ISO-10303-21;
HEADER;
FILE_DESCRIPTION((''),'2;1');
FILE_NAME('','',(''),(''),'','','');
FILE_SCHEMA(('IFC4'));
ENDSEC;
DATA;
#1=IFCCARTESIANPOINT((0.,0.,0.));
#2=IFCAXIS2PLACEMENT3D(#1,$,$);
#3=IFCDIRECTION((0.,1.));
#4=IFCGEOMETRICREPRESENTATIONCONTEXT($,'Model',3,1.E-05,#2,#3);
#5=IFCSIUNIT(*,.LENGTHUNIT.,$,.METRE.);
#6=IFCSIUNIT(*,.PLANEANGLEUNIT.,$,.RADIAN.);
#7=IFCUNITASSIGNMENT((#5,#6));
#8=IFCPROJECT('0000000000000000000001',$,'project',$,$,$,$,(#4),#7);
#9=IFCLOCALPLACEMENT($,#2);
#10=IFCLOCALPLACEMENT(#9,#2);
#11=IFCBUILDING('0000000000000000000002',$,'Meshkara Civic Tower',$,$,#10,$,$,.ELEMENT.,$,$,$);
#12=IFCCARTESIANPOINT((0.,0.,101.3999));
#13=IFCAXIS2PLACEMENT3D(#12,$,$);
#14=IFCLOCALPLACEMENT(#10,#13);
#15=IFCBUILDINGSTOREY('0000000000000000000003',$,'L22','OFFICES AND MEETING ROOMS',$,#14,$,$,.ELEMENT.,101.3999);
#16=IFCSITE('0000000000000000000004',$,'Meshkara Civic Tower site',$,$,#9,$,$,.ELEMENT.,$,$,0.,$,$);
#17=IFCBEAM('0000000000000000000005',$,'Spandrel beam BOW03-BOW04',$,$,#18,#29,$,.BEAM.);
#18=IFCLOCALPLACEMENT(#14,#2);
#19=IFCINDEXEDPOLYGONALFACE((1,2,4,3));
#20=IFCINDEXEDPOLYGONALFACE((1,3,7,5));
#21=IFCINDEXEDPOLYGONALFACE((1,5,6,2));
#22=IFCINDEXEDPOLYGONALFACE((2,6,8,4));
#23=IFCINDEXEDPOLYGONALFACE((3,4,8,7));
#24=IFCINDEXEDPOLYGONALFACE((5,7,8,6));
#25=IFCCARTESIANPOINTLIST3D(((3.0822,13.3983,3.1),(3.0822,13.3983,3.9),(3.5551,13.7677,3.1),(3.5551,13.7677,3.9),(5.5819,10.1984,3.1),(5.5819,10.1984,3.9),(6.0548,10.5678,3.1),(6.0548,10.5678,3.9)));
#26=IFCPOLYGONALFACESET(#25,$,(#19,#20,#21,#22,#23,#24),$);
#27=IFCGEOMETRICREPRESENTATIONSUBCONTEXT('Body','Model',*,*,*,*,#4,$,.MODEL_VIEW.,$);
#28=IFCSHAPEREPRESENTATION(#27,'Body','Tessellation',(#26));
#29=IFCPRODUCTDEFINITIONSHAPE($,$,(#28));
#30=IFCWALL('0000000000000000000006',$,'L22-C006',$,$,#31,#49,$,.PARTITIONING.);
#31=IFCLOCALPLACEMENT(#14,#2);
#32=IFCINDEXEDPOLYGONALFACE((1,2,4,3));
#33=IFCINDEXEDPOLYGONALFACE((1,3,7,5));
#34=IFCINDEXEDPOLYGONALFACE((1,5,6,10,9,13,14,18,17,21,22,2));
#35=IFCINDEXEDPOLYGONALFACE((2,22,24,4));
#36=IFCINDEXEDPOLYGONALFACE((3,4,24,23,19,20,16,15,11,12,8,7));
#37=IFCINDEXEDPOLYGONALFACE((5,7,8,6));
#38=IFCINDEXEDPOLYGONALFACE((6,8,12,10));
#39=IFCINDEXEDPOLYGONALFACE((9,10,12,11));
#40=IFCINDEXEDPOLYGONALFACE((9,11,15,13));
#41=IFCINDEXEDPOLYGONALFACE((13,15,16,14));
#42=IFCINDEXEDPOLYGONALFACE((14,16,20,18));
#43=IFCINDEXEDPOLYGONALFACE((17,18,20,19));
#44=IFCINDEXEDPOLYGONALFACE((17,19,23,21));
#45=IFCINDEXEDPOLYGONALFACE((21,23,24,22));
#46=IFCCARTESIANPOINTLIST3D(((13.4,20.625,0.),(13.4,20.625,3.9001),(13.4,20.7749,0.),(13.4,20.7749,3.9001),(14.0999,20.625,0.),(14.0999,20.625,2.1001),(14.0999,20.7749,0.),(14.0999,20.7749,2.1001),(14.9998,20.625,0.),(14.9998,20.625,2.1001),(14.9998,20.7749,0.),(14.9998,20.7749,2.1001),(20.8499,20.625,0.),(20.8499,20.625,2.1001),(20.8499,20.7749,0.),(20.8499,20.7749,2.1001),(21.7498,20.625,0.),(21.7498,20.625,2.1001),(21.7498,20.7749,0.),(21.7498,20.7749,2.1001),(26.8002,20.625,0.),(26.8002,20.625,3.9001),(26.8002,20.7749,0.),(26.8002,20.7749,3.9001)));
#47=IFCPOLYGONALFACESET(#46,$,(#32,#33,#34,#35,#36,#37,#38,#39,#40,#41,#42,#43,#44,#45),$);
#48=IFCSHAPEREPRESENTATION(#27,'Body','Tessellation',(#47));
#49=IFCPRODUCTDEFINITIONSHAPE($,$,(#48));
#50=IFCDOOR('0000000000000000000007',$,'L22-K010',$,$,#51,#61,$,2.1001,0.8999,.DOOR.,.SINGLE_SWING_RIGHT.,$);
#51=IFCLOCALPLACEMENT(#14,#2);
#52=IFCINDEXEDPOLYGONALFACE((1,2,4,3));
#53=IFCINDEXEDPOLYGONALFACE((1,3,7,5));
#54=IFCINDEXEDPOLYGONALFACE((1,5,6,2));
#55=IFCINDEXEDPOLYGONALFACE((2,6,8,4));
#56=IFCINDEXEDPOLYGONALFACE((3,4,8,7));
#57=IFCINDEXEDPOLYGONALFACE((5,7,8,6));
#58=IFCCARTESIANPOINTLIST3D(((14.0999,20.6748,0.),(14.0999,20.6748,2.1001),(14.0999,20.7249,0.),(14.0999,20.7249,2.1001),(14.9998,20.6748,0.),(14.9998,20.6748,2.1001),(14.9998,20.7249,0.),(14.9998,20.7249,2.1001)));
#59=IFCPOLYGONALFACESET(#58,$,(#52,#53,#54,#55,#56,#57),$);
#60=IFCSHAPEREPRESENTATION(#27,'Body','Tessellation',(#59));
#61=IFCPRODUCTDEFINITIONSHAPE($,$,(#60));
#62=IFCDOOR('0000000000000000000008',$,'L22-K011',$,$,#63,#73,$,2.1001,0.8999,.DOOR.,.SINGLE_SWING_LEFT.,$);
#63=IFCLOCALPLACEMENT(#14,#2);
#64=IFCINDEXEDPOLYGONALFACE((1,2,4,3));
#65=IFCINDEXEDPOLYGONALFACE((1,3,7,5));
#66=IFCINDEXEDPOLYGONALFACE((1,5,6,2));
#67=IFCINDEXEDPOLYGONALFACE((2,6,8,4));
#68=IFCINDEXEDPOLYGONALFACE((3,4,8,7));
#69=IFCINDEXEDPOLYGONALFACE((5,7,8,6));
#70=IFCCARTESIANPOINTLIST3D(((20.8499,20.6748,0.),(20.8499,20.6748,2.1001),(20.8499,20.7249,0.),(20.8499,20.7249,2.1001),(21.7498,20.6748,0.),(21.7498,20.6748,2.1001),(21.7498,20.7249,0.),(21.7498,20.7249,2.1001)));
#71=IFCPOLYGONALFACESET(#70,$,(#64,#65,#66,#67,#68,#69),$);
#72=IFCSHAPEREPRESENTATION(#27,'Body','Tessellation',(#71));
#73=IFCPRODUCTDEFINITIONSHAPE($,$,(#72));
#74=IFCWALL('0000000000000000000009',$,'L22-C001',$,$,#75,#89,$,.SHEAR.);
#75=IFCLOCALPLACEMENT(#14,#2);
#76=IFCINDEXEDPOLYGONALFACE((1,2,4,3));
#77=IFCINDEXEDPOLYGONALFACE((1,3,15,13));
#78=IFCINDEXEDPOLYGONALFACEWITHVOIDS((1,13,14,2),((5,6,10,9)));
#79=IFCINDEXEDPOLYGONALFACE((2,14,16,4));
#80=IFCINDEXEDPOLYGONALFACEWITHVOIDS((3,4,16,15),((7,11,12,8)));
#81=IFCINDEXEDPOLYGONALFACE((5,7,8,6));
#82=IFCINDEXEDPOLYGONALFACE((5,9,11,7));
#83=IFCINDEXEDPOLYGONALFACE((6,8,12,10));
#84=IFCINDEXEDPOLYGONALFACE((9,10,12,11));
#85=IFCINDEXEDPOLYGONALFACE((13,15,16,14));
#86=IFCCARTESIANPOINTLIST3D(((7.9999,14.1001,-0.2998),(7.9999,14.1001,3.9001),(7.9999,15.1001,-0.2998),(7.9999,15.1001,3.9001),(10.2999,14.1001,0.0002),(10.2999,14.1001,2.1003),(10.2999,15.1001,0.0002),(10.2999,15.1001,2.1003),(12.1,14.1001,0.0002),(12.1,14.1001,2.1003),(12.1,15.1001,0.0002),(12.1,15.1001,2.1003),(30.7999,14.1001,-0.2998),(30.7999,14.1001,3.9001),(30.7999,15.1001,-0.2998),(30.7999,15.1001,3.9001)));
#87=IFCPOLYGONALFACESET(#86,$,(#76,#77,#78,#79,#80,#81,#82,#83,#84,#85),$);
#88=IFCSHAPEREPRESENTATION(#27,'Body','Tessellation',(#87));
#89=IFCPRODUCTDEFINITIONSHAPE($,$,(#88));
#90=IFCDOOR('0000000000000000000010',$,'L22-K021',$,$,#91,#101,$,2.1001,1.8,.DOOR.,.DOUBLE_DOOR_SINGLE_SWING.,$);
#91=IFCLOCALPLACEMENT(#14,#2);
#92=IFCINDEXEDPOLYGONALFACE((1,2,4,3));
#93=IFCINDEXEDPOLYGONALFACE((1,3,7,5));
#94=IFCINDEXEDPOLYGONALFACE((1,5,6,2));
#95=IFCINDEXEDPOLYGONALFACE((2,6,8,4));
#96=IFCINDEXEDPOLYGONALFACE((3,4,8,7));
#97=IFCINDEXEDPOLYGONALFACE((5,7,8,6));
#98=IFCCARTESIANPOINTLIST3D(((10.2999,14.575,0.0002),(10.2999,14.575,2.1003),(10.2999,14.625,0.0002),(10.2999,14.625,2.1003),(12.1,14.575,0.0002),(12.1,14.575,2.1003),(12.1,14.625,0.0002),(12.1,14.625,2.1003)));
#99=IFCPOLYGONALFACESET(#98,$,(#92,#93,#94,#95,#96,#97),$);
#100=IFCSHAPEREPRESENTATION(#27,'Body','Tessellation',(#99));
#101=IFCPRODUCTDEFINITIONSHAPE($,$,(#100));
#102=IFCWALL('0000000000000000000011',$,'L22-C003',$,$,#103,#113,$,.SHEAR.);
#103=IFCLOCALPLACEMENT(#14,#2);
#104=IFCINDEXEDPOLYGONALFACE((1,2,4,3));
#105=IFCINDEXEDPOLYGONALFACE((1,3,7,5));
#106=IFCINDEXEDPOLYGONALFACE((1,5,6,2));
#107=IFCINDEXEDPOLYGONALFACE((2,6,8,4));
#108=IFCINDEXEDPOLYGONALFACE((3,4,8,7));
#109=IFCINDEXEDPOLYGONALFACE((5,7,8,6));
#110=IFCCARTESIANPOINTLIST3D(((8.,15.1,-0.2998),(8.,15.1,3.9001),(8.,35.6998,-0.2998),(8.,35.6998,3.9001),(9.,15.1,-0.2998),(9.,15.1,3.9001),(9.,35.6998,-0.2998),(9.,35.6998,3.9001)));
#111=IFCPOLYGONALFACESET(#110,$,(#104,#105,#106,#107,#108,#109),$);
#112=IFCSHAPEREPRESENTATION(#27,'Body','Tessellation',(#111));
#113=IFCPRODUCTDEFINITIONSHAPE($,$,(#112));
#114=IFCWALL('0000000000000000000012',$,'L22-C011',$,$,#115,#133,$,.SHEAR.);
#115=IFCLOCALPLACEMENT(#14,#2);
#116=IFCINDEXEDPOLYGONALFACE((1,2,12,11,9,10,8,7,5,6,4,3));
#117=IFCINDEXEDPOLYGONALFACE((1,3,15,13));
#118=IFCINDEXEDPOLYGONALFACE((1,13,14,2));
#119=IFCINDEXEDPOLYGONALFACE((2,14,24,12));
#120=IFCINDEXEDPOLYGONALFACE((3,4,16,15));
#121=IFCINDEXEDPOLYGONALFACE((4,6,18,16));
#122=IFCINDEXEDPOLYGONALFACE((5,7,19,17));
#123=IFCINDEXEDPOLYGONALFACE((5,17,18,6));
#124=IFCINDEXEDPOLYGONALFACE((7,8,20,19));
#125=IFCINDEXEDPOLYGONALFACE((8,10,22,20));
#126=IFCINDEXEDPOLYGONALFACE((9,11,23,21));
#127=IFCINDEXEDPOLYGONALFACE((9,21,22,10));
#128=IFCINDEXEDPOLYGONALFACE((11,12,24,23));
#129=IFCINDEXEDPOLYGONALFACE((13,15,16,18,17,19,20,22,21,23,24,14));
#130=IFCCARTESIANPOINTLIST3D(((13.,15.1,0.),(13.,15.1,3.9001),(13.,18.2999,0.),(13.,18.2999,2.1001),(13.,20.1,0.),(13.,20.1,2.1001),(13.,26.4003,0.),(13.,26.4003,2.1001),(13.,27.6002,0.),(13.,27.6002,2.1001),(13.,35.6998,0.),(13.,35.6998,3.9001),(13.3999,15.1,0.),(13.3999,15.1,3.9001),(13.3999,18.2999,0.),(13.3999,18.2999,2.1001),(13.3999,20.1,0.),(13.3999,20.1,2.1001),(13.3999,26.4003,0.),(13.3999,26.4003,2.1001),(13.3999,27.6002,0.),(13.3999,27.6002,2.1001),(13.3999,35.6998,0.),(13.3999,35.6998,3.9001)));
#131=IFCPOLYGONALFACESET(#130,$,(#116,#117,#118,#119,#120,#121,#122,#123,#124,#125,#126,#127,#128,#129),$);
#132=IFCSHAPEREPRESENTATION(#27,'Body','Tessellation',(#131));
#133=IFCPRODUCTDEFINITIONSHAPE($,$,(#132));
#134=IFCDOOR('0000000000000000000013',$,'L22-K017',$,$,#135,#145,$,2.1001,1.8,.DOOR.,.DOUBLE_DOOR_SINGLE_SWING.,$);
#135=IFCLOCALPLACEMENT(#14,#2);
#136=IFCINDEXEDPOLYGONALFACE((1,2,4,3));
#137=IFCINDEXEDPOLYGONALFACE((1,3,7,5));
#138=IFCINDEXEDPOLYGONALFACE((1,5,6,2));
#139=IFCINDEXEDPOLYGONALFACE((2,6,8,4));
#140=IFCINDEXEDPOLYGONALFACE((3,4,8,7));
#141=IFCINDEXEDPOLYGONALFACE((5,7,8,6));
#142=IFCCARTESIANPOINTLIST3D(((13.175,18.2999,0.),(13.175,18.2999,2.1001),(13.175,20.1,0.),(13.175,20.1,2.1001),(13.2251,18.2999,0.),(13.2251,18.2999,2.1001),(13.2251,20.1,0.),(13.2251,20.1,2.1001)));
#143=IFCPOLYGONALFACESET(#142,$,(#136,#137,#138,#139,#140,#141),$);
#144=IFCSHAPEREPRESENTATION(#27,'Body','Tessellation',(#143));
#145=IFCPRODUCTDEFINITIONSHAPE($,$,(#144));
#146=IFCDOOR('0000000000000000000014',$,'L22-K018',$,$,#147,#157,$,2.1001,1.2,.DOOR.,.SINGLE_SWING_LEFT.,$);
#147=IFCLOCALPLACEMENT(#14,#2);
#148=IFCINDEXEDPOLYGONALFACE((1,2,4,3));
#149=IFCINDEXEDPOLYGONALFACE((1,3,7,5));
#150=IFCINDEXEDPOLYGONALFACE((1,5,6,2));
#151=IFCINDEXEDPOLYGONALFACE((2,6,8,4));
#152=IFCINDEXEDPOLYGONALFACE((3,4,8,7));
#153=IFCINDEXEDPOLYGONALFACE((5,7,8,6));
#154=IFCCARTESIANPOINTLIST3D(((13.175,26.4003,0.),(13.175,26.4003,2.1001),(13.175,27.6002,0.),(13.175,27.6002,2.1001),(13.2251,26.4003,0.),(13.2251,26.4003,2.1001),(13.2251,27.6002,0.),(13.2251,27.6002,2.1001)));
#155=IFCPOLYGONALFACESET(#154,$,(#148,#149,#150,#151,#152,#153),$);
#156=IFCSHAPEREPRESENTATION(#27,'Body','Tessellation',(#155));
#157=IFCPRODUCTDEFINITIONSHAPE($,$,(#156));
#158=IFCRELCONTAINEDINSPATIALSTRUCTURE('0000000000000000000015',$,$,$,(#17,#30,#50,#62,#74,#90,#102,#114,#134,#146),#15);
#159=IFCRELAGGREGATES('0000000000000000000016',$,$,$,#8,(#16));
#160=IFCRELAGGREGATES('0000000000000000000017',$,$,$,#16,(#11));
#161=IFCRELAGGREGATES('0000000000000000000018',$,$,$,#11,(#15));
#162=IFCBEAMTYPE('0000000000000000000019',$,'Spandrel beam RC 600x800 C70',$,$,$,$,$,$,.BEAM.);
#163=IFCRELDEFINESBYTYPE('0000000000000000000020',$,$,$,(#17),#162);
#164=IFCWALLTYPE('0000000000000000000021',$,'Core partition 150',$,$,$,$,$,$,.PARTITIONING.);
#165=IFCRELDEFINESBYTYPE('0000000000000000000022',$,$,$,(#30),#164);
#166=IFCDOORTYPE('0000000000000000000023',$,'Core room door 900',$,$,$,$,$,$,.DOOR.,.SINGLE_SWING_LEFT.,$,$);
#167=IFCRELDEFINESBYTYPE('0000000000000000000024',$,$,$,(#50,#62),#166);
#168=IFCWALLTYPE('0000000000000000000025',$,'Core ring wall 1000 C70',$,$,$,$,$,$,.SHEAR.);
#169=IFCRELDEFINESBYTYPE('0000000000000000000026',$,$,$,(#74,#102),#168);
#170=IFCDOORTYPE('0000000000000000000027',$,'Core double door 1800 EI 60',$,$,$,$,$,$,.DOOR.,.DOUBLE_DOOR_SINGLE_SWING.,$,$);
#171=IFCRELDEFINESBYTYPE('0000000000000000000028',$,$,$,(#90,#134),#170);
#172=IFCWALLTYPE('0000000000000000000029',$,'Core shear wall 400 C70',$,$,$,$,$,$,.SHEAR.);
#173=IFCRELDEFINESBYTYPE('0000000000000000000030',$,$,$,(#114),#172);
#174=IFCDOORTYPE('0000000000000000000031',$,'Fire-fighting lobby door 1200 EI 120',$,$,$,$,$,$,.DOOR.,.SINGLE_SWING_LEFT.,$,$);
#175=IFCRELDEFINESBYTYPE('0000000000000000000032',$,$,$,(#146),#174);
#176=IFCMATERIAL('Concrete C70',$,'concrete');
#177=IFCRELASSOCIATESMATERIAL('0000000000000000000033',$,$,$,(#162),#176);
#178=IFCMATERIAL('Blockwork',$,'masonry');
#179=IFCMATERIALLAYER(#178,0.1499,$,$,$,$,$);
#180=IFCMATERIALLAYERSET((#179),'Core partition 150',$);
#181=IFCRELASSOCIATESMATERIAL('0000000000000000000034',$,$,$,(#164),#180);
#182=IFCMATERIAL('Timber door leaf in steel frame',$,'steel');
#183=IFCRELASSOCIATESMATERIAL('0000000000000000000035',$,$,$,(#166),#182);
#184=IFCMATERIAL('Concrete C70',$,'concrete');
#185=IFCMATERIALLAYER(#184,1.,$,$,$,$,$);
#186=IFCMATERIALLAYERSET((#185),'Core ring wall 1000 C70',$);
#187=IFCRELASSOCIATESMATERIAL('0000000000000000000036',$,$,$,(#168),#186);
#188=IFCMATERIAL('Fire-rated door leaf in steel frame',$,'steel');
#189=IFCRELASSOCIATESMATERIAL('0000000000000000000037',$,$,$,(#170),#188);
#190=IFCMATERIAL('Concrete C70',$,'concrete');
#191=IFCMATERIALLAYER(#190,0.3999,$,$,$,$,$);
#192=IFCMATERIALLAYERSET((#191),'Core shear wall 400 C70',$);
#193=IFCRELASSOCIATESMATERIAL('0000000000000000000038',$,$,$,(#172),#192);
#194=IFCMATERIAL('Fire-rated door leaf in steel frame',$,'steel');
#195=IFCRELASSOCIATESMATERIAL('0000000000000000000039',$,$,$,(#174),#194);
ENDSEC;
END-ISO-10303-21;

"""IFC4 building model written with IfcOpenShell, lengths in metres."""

from ifc_helpers import new_model, si_unit, direction, frame, frame_2d, origin, origin_2d, place, context, subcontext, project, spatial, rectangle, extrude, material, layer, layer_set, material_profile, profile_set, type_object, element, fill, save


model = new_model("IFC4")

# Units and contexts
model_context = context("Model", 3, precision=1e-05, world=origin(), true_north=direction((0.0, 1.0)))
body_context = subcontext(model_context, "Body", "Model", "MODEL_VIEW")
ifc_project = project(units=[si_unit("LENGTHUNIT", "METRE"), si_unit("PLANEANGLEUNIT", "RADIAN")], contexts=[model_context])

# Site, building, storey
site_placement = place(None, origin())
site = spatial("IfcSite", under=ifc_project, at=site_placement, Name="Meshkara Civic Tower site", CompositionType="ELEMENT", RefElevation=0.0)
building_placement = place(site_placement, origin())
building = spatial("IfcBuilding", under=site, at=building_placement, Name="Meshkara Civic Tower", CompositionType="ELEMENT")
storey_placement = place(building_placement, frame((0.0, 0.0, 101.3999)))
storey = spatial("IfcBuildingStorey", under=building, at=storey_placement, Name="L22", Description="OFFICES AND MEETING ROOMS", CompositionType="ELEMENT", Elevation=101.3999)

# Beam
ifc_material_1 = material(Name="Concrete C70", Category="concrete")
ifc_material_profile = material_profile(ifc_material_1, rectangle(XDim=0.6001, YDim=0.8, at=origin_2d()))
ifc_profile_set = profile_set([ifc_material_profile], Name="Concrete C70")
beam_type = type_object("IfcBeamType", Name="Spandrel beam RC 600x800 C70", PredefinedType="BEAM", material=ifc_profile_set)
beam_placement = place(storey_placement, frame((3.3186, 13.583, 3.5), z_axis=(0.615613, -0.788049, 0.0), x_axis=(0.788049, 0.615613, 0.0)))
element("IfcBeam", 1, at=beam_placement, inside=storey, type_object=beam_type, Name="Spandrel beam BOW03-BOW04", PredefinedType="BEAM", context=body_context, shape_type="SweptSolid", body=[
    extrude(rectangle(XDim=0.6001, YDim=0.8, at=origin_2d()), origin(), (0.0, 0.0, 1.0), 4.0605),
])

# Wall, openings, doors
ifc_material_2 = material(Name="Blockwork", Category="masonry")
ifc_layer_1 = layer(ifc_material_2, 0.1499)
ifc_layer_set_1 = layer_set([ifc_layer_1], Name="Core partition 150")
wall_type_1 = type_object("IfcWallType", Name="Core partition 150", PredefinedType="PARTITIONING", material=ifc_layer_set_1)
wall_1_placement = place(storey_placement, frame((13.3999, 20.7, 0.0), z_axis=(0.0, 0.0, 1.0), x_axis=(1.0, 0.0, 0.0)))
wall_1 = element("IfcWall", 2, at=wall_1_placement, inside=storey, type_object=wall_type_1, Name="L22-C006", PredefinedType="PARTITIONING", context=body_context, shape_type="SweptSolid", body=[
    extrude(rectangle(XDim=13.4001, YDim=0.1499, at=frame_2d((6.7002, 0.0))), origin(), (0.0, 0.0, 1.0), 3.9001),
])
opening_1_placement = place(wall_1_placement, frame((0.7, 0.0, 0.0)))
opening_1 = element("IfcOpeningElement", 3, at=opening_1_placement, cuts=wall_1, PredefinedType="OPENING", context=body_context, shape_type="SweptSolid", body=[
    extrude(rectangle(XDim=0.8999, YDim=2.1001, at=frame_2d((0.45, 1.05))), frame((0.0, 0.085, 0.0), z_axis=(0.0, -1.0, 0.0), x_axis=(1.0, 0.0, 0.0)), (0.0, 0.0, 1.0), 0.1699),
])
opening_2_placement = place(wall_1_placement, frame((7.45, 0.0, 0.0)))
opening_2 = element("IfcOpeningElement", 4, at=opening_2_placement, cuts=wall_1, PredefinedType="OPENING", context=body_context, shape_type="SweptSolid", body=[
    extrude(rectangle(XDim=0.8999, YDim=2.1001, at=frame_2d((0.45, 1.05))), frame((0.0, 0.085, 0.0), z_axis=(0.0, -1.0, 0.0), x_axis=(1.0, 0.0, 0.0)), (0.0, 0.0, 1.0), 0.1699),
])
ifc_material_3 = material(Name="Timber door leaf in steel frame", Category="steel")
door_type_1 = type_object("IfcDoorType", Name="Core room door 900", OperationType="SINGLE_SWING_LEFT", PredefinedType="DOOR", material=ifc_material_3)
door_1_placement = place(opening_1_placement, origin())
door_1 = element("IfcDoor", 5, at=door_1_placement, inside=storey, type_object=door_type_1, Name="L22-K010", OperationType="SINGLE_SWING_RIGHT", OverallHeight=2.1001, OverallWidth=0.8999, PredefinedType="DOOR", context=body_context, shape_type="SweptSolid", body=[
    extrude(rectangle(XDim=0.8999, YDim=2.1001, at=frame_2d((0.45, 1.05))), frame((0.0, 0.0249, 0.0), z_axis=(0.0, -1.0, 0.0), x_axis=(1.0, 0.0, 0.0)), (0.0, 0.0, 1.0), 0.05),
])
fill(opening_1, door_1)
door_2_placement = place(opening_2_placement, origin())
door_2 = element("IfcDoor", 6, at=door_2_placement, inside=storey, type_object=door_type_1, Name="L22-K011", OperationType="SINGLE_SWING_LEFT", OverallHeight=2.1001, OverallWidth=0.8999, PredefinedType="DOOR", context=body_context, shape_type="SweptSolid", body=[
    extrude(rectangle(XDim=0.8999, YDim=2.1001, at=frame_2d((0.45, 1.05))), frame((0.0, 0.0249, 0.0), z_axis=(0.0, -1.0, 0.0), x_axis=(1.0, 0.0, 0.0)), (0.0, 0.0, 1.0), 0.05),
])
fill(opening_2, door_2)

# Wall, opening, door
ifc_material_4 = material(Name="Concrete C70", Category="concrete")
ifc_layer_2 = layer(ifc_material_4, 1.0)
ifc_layer_set_2 = layer_set([ifc_layer_2], Name="Core ring wall 1000 C70")
wall_type_2 = type_object("IfcWallType", Name="Core ring wall 1000 C70", PredefinedType="SHEAR", material=ifc_layer_set_2)
wall_2_placement = place(storey_placement, frame((8.0, 14.6001, -0.2998), z_axis=(0.0, 0.0, 1.0), x_axis=(1.0, 0.0, 0.0)))
wall_2 = element("IfcWall", 7, at=wall_2_placement, inside=storey, type_object=wall_type_2, Name="L22-C001", PredefinedType="SHEAR", context=body_context, shape_type="SweptSolid", body=[
    extrude(rectangle(XDim=22.8, YDim=1.0, at=frame_2d((11.3999, 0.0))), origin(), (0.0, 0.0, 1.0), 4.2),
])
opening_3_placement = place(wall_2_placement, frame((2.3, 0.0, 0.3)))
opening_3 = element("IfcOpeningElement", 8, at=opening_3_placement, cuts=wall_2, PredefinedType="OPENING", context=body_context, shape_type="SweptSolid", body=[
    extrude(rectangle(XDim=1.8, YDim=2.1001, at=frame_2d((0.8999, 1.05))), frame((0.0, 0.51, 0.0), z_axis=(0.0, -1.0, 0.0), x_axis=(1.0, 0.0, 0.0)), (0.0, 0.0, 1.0), 1.02),
])
ifc_material_5 = material(Name="Fire-rated door leaf in steel frame", Category="steel")
door_type_2 = type_object("IfcDoorType", Name="Core double door 1800 EI 60", OperationType="DOUBLE_DOOR_SINGLE_SWING", PredefinedType="DOOR", material=ifc_material_5)
door_3_placement = place(opening_3_placement, origin())
door_3 = element("IfcDoor", 9, at=door_3_placement, inside=storey, type_object=door_type_2, Name="L22-K021", OperationType="DOUBLE_DOOR_SINGLE_SWING", OverallHeight=2.1001, OverallWidth=1.8, PredefinedType="DOOR", context=body_context, shape_type="SweptSolid", body=[
    extrude(rectangle(XDim=1.8, YDim=2.1001, at=frame_2d((0.8999, 1.05))), frame((0.0, 0.0249, 0.0), z_axis=(0.0, -1.0, 0.0), x_axis=(1.0, 0.0, 0.0)), (0.0, 0.0, 1.0), 0.05),
])
fill(opening_3, door_3)

# Wall
wall_3_placement = place(storey_placement, frame((8.5, 15.1001, -0.2998), z_axis=(0.0, 0.0, 1.0), x_axis=(0.0, 1.0, 0.0)))
element("IfcWall", 10, at=wall_3_placement, inside=storey, type_object=wall_type_2, Name="L22-C003", PredefinedType="SHEAR", context=body_context, shape_type="SweptSolid", body=[
    extrude(rectangle(XDim=20.5999, YDim=1.0, at=frame_2d((10.2998, 0.0))), origin(), (0.0, 0.0, 1.0), 4.2),
])

# Wall, openings, doors
ifc_material_6 = material(Name="Concrete C70", Category="concrete")
ifc_layer_3 = layer(ifc_material_6, 0.3999)
ifc_layer_set_3 = layer_set([ifc_layer_3], Name="Core shear wall 400 C70")
wall_type_3 = type_object("IfcWallType", Name="Core shear wall 400 C70", PredefinedType="SHEAR", material=ifc_layer_set_3)
wall_4_placement = place(storey_placement, frame((13.2, 15.1001, 0.0), z_axis=(0.0, 0.0, 1.0), x_axis=(0.0, 1.0, 0.0)))
wall_4 = element("IfcWall", 11, at=wall_4_placement, inside=storey, type_object=wall_type_3, Name="L22-C011", PredefinedType="SHEAR", context=body_context, shape_type="SweptSolid", body=[
    extrude(rectangle(XDim=20.5999, YDim=0.3999, at=frame_2d((10.2998, 0.0))), origin(), (0.0, 0.0, 1.0), 3.9001),
])
opening_4_placement = place(wall_4_placement, frame((3.2, 0.0, 0.0)))
opening_4 = element("IfcOpeningElement", 12, at=opening_4_placement, cuts=wall_4, PredefinedType="OPENING", context=body_context, shape_type="SweptSolid", body=[
    extrude(rectangle(XDim=1.8, YDim=2.1001, at=frame_2d((0.8999, 1.05))), frame((0.0, 0.21, 0.0), z_axis=(0.0, -1.0, 0.0), x_axis=(1.0, 0.0, 0.0)), (0.0, 0.0, 1.0), 0.4199),
])
opening_5_placement = place(wall_4_placement, frame((11.3, 0.0, 0.0)))
opening_5 = element("IfcOpeningElement", 13, at=opening_5_placement, cuts=wall_4, PredefinedType="OPENING", context=body_context, shape_type="SweptSolid", body=[
    extrude(rectangle(XDim=1.2, YDim=2.1001, at=frame_2d((0.6001, 1.05))), frame((0.0, 0.21, 0.0), z_axis=(0.0, -1.0, 0.0), x_axis=(1.0, 0.0, 0.0)), (0.0, 0.0, 1.0), 0.4199),
])
door_4_placement = place(opening_4_placement, origin())
door_4 = element("IfcDoor", 14, at=door_4_placement, inside=storey, type_object=door_type_2, Name="L22-K017", OperationType="DOUBLE_DOOR_SINGLE_SWING", OverallHeight=2.1001, OverallWidth=1.8, PredefinedType="DOOR", context=body_context, shape_type="SweptSolid", body=[
    extrude(rectangle(XDim=1.8, YDim=2.1001, at=frame_2d((0.8999, 1.05))), frame((0.0, 0.0249, 0.0), z_axis=(0.0, -1.0, 0.0), x_axis=(1.0, 0.0, 0.0)), (0.0, 0.0, 1.0), 0.05),
])
fill(opening_4, door_4)
ifc_material_7 = material(Name="Fire-rated door leaf in steel frame", Category="steel")
door_type_3 = type_object("IfcDoorType", Name="Fire-fighting lobby door 1200 EI 120", OperationType="SINGLE_SWING_LEFT", PredefinedType="DOOR", material=ifc_material_7)
door_5_placement = place(opening_5_placement, origin())
door_5 = element("IfcDoor", 15, at=door_5_placement, inside=storey, type_object=door_type_3, Name="L22-K018", OperationType="SINGLE_SWING_LEFT", OverallHeight=2.1001, OverallWidth=1.2, PredefinedType="DOOR", context=body_context, shape_type="SweptSolid", body=[
    extrude(rectangle(XDim=1.2, YDim=2.1001, at=frame_2d((0.6001, 1.05))), frame((0.0, 0.0249, 0.0), z_axis=(0.0, -1.0, 0.0), x_axis=(1.0, 0.0, 0.0)), (0.0, 0.0, 1.0), 0.05),
])
fill(opening_5, door_5)

save(model, "model.ifc")
